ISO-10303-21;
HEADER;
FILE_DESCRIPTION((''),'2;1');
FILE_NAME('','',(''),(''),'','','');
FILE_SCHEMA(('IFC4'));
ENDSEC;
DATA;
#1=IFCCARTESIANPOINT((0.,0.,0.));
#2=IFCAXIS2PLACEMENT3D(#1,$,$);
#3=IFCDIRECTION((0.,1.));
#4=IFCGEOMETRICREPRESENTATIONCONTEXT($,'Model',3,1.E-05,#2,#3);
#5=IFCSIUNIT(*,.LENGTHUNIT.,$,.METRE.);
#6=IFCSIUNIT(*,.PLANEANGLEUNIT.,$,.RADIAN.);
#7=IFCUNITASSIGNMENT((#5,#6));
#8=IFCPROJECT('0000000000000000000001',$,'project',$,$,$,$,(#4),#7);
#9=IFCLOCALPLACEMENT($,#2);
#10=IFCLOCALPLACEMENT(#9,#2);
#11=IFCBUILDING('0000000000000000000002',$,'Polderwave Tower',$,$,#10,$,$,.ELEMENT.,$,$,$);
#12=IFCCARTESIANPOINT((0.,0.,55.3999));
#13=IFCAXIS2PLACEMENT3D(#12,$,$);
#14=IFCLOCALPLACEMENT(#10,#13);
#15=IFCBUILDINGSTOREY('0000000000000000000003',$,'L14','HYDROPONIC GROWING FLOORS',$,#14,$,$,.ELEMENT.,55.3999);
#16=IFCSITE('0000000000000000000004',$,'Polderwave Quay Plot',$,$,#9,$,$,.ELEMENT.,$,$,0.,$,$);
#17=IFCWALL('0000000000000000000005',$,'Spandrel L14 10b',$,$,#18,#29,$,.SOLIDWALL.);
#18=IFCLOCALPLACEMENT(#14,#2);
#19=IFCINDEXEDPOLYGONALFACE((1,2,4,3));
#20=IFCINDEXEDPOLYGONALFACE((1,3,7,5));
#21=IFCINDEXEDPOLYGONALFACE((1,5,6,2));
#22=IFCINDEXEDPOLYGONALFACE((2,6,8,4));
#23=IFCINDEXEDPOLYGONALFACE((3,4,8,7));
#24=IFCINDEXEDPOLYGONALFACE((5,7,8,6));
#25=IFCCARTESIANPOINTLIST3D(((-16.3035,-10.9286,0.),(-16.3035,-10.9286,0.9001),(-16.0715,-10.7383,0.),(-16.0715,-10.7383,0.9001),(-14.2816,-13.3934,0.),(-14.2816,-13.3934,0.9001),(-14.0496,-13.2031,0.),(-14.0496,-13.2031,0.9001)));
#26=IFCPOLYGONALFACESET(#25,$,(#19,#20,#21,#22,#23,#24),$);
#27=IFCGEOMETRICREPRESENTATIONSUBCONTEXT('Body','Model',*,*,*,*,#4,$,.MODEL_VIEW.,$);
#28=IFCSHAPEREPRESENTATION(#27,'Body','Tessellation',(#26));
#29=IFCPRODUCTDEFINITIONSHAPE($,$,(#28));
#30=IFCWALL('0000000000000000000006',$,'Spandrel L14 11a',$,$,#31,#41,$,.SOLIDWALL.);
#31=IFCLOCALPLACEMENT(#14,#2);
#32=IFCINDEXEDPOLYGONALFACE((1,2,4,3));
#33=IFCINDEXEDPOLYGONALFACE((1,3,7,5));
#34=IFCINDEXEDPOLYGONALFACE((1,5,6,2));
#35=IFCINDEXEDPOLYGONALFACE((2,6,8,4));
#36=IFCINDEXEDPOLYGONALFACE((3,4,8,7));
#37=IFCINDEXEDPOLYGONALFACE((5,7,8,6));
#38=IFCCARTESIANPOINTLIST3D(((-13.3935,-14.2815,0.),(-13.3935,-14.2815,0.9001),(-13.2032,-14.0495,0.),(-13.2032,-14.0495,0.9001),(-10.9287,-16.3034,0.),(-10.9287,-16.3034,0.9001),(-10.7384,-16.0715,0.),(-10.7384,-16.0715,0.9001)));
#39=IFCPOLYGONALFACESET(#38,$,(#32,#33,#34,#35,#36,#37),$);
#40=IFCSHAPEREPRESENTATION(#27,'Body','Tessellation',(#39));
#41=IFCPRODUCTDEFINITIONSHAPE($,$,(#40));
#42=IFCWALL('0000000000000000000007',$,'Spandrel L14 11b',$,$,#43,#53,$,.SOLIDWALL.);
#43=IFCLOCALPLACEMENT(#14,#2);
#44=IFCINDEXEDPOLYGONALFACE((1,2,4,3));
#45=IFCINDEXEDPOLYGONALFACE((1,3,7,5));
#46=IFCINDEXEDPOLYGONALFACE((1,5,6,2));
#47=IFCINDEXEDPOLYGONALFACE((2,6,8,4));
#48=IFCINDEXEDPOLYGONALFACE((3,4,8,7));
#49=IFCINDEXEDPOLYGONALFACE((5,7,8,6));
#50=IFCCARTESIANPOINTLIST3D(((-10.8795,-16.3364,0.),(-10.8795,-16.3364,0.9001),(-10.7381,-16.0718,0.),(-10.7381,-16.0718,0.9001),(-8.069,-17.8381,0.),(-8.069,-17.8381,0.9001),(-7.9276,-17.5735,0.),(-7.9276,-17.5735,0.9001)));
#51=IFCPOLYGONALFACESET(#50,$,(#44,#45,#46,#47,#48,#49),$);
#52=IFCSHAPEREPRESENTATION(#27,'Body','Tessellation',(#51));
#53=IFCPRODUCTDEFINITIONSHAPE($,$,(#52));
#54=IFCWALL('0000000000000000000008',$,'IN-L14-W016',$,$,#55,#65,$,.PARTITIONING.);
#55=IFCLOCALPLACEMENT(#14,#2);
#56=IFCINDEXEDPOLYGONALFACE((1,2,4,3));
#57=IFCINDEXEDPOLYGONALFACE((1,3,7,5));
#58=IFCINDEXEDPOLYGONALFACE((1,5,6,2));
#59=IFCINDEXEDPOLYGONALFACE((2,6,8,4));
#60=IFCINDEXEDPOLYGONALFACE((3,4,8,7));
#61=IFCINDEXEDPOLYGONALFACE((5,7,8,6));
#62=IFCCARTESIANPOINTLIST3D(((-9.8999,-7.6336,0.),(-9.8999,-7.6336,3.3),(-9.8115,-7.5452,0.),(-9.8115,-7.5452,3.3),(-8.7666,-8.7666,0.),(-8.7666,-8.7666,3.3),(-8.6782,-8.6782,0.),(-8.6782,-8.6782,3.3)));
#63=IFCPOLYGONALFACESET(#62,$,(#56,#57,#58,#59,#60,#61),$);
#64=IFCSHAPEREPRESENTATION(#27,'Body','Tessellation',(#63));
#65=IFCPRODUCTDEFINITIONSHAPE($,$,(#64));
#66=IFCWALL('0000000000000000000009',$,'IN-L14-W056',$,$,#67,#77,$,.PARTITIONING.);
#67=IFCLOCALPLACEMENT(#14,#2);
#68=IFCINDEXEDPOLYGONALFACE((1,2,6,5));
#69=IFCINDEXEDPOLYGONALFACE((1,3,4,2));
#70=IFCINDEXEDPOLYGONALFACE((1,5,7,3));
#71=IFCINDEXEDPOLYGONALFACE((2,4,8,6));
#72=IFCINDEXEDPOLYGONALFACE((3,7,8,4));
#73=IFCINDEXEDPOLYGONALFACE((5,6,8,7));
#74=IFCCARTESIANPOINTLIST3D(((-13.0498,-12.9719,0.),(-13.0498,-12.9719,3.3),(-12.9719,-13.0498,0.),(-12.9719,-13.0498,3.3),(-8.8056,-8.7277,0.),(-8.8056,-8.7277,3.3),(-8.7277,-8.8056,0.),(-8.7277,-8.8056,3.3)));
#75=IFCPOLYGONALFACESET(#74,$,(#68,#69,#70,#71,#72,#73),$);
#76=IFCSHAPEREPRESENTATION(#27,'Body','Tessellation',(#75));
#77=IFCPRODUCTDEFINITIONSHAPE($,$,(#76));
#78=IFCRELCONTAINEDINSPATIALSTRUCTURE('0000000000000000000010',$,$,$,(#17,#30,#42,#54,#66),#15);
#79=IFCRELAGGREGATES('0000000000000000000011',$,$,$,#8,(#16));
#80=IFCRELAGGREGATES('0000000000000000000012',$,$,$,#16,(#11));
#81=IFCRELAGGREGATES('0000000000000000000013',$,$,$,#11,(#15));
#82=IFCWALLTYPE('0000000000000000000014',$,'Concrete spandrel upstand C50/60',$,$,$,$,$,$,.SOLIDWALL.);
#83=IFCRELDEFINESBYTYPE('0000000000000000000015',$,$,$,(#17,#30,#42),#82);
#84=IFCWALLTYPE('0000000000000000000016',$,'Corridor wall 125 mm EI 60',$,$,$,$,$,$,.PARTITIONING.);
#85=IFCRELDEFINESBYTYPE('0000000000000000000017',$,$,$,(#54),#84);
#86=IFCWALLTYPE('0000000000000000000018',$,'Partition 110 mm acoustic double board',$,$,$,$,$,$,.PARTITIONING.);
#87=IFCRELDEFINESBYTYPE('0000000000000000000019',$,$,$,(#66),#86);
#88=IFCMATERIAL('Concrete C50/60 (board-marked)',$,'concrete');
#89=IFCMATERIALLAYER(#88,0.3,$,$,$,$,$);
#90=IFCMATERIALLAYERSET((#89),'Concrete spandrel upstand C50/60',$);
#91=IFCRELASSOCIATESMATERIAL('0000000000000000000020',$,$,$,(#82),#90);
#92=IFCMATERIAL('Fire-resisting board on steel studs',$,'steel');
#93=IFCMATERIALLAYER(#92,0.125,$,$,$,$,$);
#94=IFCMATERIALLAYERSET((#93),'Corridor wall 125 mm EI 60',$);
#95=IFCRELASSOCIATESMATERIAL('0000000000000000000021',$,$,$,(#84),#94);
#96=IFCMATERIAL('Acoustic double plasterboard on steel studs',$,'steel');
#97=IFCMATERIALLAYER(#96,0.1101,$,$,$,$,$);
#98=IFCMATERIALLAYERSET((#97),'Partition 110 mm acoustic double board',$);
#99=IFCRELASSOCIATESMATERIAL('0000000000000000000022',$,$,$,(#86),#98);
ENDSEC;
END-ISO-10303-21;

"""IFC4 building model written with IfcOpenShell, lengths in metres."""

from ifc_helpers import new_model, si_unit, direction, frame, frame_2d, origin, place, context, subcontext, project, spatial, rectangle, extrude, material, layer, layer_set, type_object, element, save


model = new_model("IFC4")

# Units and contexts
model_context = context("Model", 3, precision=1e-05, world=origin(), true_north=direction((0.0, 1.0)))
body_context = subcontext(model_context, "Body", "Model", "MODEL_VIEW")
ifc_project = project(units=[si_unit("LENGTHUNIT", "METRE"), si_unit("PLANEANGLEUNIT", "RADIAN")], contexts=[model_context])

# Site, building, storey
site_placement = place(None, origin())
site = spatial("IfcSite", under=ifc_project, at=site_placement, Name="Polderwave Quay Plot", CompositionType="ELEMENT", RefElevation=0.0)
building_placement = place(site_placement, origin())
building = spatial("IfcBuilding", under=site, at=building_placement, Name="Polderwave Tower", CompositionType="ELEMENT")
storey_placement = place(building_placement, frame((0.0, 0.0, 55.3999)))
storey = spatial("IfcBuildingStorey", under=building, at=storey_placement, Name="L14", Description="HYDROPONIC GROWING FLOORS", CompositionType="ELEMENT", Elevation=55.3999)

# Walls
ifc_material_1 = material(Name="Concrete C50/60 (board-marked)", Category="concrete")
ifc_layer_1 = layer(ifc_material_1, 0.3)
ifc_layer_set_1 = layer_set([ifc_layer_1], Name="Concrete spandrel upstand C50/60")
wall_type_1 = type_object("IfcWallType", Name="Concrete spandrel upstand C50/60", PredefinedType="SOLIDWALL", material=ifc_layer_set_1)
for number, where, z_axis, x_axis, name in (
    (1, (-16.1875, -10.8335, 0.0), (0.0, 0.0, 1.0), (0.63423, -0.773145, 0.0), "Spandrel L14 10b"),
    (2, (-13.2983, -14.1655, 0.0), (0.0, 0.0, 1.0), (0.773145, -0.63423, 0.0), "Spandrel L14 11a"),
):
    element("IfcWall", number, at=place(storey_placement, frame(where, z_axis=z_axis, x_axis=x_axis)), inside=storey, type_object=wall_type_1, Name=name, PredefinedType="SOLIDWALL", context=body_context, shape_type="SweptSolid", body=[
        extrude(rectangle(XDim=3.188, YDim=0.3, at=frame_2d((1.594, 0.0))), origin(), (0.0, 0.0, 1.0), 0.9001),
    ])
wall_1_placement = place(storey_placement, frame((-10.8088, -16.2041, 0.0), z_axis=(0.0, 0.0, 1.0), x_axis=(0.881994, -0.47126, 0.0)))
element("IfcWall", 3, at=wall_1_placement, inside=storey, type_object=wall_type_1, Name="Spandrel L14 11b", PredefinedType="SOLIDWALL", context=body_context, shape_type="SweptSolid", body=[
    extrude(rectangle(XDim=3.1865, YDim=0.3, at=frame_2d((1.5933, 0.0))), origin(), (0.0, 0.0, 1.0), 0.9001),
])
ifc_material_2 = material(Name="Fire-resisting board on steel studs", Category="steel")
ifc_layer_2 = layer(ifc_material_2, 0.125)
ifc_layer_set_2 = layer_set([ifc_layer_2], Name="Corridor wall 125 mm EI 60")
wall_type_2 = type_object("IfcWallType", Name="Corridor wall 125 mm EI 60", PredefinedType="PARTITIONING", material=ifc_layer_set_2)
wall_2_placement = place(storey_placement, frame((-8.7224, -8.7224, 0.0), z_axis=(0.0, 0.0, 1.0), x_axis=(-0.707183, 0.707031, 0.0)))
element("IfcWall", 4, at=wall_2_placement, inside=storey, type_object=wall_type_2, Name="IN-L14-W016", PredefinedType="PARTITIONING", context=body_context, shape_type="SweptSolid", body=[
    extrude(rectangle(XDim=1.6025, YDim=0.125, at=frame_2d((0.8013, 0.0))), origin(), (0.0, 0.0, 1.0), 3.3),
])
ifc_material_3 = material(Name="Acoustic double plasterboard on steel studs", Category="steel")
ifc_layer_3 = layer(ifc_material_3, 0.1101)
ifc_layer_set_3 = layer_set([ifc_layer_3], Name="Partition 110 mm acoustic double board")
wall_type_3 = type_object("IfcWallType", Name="Partition 110 mm acoustic double board", PredefinedType="PARTITIONING", material=ifc_layer_set_3)
wall_3_placement = place(storey_placement, frame((-13.0107, -13.0107, 0.0), z_axis=(0.0, 0.0, 1.0), x_axis=(0.707107, 0.707107, 0.0)))
element("IfcWall", 5, at=wall_3_placement, inside=storey, type_object=wall_type_3, Name="IN-L14-W056", PredefinedType="PARTITIONING", context=body_context, shape_type="SweptSolid", body=[
    extrude(rectangle(XDim=6.0022, YDim=0.1101, at=frame_2d((3.001, 0.0))), origin(), (0.0, 0.0, 1.0), 3.3),
])

save(model, "model.ifc")
